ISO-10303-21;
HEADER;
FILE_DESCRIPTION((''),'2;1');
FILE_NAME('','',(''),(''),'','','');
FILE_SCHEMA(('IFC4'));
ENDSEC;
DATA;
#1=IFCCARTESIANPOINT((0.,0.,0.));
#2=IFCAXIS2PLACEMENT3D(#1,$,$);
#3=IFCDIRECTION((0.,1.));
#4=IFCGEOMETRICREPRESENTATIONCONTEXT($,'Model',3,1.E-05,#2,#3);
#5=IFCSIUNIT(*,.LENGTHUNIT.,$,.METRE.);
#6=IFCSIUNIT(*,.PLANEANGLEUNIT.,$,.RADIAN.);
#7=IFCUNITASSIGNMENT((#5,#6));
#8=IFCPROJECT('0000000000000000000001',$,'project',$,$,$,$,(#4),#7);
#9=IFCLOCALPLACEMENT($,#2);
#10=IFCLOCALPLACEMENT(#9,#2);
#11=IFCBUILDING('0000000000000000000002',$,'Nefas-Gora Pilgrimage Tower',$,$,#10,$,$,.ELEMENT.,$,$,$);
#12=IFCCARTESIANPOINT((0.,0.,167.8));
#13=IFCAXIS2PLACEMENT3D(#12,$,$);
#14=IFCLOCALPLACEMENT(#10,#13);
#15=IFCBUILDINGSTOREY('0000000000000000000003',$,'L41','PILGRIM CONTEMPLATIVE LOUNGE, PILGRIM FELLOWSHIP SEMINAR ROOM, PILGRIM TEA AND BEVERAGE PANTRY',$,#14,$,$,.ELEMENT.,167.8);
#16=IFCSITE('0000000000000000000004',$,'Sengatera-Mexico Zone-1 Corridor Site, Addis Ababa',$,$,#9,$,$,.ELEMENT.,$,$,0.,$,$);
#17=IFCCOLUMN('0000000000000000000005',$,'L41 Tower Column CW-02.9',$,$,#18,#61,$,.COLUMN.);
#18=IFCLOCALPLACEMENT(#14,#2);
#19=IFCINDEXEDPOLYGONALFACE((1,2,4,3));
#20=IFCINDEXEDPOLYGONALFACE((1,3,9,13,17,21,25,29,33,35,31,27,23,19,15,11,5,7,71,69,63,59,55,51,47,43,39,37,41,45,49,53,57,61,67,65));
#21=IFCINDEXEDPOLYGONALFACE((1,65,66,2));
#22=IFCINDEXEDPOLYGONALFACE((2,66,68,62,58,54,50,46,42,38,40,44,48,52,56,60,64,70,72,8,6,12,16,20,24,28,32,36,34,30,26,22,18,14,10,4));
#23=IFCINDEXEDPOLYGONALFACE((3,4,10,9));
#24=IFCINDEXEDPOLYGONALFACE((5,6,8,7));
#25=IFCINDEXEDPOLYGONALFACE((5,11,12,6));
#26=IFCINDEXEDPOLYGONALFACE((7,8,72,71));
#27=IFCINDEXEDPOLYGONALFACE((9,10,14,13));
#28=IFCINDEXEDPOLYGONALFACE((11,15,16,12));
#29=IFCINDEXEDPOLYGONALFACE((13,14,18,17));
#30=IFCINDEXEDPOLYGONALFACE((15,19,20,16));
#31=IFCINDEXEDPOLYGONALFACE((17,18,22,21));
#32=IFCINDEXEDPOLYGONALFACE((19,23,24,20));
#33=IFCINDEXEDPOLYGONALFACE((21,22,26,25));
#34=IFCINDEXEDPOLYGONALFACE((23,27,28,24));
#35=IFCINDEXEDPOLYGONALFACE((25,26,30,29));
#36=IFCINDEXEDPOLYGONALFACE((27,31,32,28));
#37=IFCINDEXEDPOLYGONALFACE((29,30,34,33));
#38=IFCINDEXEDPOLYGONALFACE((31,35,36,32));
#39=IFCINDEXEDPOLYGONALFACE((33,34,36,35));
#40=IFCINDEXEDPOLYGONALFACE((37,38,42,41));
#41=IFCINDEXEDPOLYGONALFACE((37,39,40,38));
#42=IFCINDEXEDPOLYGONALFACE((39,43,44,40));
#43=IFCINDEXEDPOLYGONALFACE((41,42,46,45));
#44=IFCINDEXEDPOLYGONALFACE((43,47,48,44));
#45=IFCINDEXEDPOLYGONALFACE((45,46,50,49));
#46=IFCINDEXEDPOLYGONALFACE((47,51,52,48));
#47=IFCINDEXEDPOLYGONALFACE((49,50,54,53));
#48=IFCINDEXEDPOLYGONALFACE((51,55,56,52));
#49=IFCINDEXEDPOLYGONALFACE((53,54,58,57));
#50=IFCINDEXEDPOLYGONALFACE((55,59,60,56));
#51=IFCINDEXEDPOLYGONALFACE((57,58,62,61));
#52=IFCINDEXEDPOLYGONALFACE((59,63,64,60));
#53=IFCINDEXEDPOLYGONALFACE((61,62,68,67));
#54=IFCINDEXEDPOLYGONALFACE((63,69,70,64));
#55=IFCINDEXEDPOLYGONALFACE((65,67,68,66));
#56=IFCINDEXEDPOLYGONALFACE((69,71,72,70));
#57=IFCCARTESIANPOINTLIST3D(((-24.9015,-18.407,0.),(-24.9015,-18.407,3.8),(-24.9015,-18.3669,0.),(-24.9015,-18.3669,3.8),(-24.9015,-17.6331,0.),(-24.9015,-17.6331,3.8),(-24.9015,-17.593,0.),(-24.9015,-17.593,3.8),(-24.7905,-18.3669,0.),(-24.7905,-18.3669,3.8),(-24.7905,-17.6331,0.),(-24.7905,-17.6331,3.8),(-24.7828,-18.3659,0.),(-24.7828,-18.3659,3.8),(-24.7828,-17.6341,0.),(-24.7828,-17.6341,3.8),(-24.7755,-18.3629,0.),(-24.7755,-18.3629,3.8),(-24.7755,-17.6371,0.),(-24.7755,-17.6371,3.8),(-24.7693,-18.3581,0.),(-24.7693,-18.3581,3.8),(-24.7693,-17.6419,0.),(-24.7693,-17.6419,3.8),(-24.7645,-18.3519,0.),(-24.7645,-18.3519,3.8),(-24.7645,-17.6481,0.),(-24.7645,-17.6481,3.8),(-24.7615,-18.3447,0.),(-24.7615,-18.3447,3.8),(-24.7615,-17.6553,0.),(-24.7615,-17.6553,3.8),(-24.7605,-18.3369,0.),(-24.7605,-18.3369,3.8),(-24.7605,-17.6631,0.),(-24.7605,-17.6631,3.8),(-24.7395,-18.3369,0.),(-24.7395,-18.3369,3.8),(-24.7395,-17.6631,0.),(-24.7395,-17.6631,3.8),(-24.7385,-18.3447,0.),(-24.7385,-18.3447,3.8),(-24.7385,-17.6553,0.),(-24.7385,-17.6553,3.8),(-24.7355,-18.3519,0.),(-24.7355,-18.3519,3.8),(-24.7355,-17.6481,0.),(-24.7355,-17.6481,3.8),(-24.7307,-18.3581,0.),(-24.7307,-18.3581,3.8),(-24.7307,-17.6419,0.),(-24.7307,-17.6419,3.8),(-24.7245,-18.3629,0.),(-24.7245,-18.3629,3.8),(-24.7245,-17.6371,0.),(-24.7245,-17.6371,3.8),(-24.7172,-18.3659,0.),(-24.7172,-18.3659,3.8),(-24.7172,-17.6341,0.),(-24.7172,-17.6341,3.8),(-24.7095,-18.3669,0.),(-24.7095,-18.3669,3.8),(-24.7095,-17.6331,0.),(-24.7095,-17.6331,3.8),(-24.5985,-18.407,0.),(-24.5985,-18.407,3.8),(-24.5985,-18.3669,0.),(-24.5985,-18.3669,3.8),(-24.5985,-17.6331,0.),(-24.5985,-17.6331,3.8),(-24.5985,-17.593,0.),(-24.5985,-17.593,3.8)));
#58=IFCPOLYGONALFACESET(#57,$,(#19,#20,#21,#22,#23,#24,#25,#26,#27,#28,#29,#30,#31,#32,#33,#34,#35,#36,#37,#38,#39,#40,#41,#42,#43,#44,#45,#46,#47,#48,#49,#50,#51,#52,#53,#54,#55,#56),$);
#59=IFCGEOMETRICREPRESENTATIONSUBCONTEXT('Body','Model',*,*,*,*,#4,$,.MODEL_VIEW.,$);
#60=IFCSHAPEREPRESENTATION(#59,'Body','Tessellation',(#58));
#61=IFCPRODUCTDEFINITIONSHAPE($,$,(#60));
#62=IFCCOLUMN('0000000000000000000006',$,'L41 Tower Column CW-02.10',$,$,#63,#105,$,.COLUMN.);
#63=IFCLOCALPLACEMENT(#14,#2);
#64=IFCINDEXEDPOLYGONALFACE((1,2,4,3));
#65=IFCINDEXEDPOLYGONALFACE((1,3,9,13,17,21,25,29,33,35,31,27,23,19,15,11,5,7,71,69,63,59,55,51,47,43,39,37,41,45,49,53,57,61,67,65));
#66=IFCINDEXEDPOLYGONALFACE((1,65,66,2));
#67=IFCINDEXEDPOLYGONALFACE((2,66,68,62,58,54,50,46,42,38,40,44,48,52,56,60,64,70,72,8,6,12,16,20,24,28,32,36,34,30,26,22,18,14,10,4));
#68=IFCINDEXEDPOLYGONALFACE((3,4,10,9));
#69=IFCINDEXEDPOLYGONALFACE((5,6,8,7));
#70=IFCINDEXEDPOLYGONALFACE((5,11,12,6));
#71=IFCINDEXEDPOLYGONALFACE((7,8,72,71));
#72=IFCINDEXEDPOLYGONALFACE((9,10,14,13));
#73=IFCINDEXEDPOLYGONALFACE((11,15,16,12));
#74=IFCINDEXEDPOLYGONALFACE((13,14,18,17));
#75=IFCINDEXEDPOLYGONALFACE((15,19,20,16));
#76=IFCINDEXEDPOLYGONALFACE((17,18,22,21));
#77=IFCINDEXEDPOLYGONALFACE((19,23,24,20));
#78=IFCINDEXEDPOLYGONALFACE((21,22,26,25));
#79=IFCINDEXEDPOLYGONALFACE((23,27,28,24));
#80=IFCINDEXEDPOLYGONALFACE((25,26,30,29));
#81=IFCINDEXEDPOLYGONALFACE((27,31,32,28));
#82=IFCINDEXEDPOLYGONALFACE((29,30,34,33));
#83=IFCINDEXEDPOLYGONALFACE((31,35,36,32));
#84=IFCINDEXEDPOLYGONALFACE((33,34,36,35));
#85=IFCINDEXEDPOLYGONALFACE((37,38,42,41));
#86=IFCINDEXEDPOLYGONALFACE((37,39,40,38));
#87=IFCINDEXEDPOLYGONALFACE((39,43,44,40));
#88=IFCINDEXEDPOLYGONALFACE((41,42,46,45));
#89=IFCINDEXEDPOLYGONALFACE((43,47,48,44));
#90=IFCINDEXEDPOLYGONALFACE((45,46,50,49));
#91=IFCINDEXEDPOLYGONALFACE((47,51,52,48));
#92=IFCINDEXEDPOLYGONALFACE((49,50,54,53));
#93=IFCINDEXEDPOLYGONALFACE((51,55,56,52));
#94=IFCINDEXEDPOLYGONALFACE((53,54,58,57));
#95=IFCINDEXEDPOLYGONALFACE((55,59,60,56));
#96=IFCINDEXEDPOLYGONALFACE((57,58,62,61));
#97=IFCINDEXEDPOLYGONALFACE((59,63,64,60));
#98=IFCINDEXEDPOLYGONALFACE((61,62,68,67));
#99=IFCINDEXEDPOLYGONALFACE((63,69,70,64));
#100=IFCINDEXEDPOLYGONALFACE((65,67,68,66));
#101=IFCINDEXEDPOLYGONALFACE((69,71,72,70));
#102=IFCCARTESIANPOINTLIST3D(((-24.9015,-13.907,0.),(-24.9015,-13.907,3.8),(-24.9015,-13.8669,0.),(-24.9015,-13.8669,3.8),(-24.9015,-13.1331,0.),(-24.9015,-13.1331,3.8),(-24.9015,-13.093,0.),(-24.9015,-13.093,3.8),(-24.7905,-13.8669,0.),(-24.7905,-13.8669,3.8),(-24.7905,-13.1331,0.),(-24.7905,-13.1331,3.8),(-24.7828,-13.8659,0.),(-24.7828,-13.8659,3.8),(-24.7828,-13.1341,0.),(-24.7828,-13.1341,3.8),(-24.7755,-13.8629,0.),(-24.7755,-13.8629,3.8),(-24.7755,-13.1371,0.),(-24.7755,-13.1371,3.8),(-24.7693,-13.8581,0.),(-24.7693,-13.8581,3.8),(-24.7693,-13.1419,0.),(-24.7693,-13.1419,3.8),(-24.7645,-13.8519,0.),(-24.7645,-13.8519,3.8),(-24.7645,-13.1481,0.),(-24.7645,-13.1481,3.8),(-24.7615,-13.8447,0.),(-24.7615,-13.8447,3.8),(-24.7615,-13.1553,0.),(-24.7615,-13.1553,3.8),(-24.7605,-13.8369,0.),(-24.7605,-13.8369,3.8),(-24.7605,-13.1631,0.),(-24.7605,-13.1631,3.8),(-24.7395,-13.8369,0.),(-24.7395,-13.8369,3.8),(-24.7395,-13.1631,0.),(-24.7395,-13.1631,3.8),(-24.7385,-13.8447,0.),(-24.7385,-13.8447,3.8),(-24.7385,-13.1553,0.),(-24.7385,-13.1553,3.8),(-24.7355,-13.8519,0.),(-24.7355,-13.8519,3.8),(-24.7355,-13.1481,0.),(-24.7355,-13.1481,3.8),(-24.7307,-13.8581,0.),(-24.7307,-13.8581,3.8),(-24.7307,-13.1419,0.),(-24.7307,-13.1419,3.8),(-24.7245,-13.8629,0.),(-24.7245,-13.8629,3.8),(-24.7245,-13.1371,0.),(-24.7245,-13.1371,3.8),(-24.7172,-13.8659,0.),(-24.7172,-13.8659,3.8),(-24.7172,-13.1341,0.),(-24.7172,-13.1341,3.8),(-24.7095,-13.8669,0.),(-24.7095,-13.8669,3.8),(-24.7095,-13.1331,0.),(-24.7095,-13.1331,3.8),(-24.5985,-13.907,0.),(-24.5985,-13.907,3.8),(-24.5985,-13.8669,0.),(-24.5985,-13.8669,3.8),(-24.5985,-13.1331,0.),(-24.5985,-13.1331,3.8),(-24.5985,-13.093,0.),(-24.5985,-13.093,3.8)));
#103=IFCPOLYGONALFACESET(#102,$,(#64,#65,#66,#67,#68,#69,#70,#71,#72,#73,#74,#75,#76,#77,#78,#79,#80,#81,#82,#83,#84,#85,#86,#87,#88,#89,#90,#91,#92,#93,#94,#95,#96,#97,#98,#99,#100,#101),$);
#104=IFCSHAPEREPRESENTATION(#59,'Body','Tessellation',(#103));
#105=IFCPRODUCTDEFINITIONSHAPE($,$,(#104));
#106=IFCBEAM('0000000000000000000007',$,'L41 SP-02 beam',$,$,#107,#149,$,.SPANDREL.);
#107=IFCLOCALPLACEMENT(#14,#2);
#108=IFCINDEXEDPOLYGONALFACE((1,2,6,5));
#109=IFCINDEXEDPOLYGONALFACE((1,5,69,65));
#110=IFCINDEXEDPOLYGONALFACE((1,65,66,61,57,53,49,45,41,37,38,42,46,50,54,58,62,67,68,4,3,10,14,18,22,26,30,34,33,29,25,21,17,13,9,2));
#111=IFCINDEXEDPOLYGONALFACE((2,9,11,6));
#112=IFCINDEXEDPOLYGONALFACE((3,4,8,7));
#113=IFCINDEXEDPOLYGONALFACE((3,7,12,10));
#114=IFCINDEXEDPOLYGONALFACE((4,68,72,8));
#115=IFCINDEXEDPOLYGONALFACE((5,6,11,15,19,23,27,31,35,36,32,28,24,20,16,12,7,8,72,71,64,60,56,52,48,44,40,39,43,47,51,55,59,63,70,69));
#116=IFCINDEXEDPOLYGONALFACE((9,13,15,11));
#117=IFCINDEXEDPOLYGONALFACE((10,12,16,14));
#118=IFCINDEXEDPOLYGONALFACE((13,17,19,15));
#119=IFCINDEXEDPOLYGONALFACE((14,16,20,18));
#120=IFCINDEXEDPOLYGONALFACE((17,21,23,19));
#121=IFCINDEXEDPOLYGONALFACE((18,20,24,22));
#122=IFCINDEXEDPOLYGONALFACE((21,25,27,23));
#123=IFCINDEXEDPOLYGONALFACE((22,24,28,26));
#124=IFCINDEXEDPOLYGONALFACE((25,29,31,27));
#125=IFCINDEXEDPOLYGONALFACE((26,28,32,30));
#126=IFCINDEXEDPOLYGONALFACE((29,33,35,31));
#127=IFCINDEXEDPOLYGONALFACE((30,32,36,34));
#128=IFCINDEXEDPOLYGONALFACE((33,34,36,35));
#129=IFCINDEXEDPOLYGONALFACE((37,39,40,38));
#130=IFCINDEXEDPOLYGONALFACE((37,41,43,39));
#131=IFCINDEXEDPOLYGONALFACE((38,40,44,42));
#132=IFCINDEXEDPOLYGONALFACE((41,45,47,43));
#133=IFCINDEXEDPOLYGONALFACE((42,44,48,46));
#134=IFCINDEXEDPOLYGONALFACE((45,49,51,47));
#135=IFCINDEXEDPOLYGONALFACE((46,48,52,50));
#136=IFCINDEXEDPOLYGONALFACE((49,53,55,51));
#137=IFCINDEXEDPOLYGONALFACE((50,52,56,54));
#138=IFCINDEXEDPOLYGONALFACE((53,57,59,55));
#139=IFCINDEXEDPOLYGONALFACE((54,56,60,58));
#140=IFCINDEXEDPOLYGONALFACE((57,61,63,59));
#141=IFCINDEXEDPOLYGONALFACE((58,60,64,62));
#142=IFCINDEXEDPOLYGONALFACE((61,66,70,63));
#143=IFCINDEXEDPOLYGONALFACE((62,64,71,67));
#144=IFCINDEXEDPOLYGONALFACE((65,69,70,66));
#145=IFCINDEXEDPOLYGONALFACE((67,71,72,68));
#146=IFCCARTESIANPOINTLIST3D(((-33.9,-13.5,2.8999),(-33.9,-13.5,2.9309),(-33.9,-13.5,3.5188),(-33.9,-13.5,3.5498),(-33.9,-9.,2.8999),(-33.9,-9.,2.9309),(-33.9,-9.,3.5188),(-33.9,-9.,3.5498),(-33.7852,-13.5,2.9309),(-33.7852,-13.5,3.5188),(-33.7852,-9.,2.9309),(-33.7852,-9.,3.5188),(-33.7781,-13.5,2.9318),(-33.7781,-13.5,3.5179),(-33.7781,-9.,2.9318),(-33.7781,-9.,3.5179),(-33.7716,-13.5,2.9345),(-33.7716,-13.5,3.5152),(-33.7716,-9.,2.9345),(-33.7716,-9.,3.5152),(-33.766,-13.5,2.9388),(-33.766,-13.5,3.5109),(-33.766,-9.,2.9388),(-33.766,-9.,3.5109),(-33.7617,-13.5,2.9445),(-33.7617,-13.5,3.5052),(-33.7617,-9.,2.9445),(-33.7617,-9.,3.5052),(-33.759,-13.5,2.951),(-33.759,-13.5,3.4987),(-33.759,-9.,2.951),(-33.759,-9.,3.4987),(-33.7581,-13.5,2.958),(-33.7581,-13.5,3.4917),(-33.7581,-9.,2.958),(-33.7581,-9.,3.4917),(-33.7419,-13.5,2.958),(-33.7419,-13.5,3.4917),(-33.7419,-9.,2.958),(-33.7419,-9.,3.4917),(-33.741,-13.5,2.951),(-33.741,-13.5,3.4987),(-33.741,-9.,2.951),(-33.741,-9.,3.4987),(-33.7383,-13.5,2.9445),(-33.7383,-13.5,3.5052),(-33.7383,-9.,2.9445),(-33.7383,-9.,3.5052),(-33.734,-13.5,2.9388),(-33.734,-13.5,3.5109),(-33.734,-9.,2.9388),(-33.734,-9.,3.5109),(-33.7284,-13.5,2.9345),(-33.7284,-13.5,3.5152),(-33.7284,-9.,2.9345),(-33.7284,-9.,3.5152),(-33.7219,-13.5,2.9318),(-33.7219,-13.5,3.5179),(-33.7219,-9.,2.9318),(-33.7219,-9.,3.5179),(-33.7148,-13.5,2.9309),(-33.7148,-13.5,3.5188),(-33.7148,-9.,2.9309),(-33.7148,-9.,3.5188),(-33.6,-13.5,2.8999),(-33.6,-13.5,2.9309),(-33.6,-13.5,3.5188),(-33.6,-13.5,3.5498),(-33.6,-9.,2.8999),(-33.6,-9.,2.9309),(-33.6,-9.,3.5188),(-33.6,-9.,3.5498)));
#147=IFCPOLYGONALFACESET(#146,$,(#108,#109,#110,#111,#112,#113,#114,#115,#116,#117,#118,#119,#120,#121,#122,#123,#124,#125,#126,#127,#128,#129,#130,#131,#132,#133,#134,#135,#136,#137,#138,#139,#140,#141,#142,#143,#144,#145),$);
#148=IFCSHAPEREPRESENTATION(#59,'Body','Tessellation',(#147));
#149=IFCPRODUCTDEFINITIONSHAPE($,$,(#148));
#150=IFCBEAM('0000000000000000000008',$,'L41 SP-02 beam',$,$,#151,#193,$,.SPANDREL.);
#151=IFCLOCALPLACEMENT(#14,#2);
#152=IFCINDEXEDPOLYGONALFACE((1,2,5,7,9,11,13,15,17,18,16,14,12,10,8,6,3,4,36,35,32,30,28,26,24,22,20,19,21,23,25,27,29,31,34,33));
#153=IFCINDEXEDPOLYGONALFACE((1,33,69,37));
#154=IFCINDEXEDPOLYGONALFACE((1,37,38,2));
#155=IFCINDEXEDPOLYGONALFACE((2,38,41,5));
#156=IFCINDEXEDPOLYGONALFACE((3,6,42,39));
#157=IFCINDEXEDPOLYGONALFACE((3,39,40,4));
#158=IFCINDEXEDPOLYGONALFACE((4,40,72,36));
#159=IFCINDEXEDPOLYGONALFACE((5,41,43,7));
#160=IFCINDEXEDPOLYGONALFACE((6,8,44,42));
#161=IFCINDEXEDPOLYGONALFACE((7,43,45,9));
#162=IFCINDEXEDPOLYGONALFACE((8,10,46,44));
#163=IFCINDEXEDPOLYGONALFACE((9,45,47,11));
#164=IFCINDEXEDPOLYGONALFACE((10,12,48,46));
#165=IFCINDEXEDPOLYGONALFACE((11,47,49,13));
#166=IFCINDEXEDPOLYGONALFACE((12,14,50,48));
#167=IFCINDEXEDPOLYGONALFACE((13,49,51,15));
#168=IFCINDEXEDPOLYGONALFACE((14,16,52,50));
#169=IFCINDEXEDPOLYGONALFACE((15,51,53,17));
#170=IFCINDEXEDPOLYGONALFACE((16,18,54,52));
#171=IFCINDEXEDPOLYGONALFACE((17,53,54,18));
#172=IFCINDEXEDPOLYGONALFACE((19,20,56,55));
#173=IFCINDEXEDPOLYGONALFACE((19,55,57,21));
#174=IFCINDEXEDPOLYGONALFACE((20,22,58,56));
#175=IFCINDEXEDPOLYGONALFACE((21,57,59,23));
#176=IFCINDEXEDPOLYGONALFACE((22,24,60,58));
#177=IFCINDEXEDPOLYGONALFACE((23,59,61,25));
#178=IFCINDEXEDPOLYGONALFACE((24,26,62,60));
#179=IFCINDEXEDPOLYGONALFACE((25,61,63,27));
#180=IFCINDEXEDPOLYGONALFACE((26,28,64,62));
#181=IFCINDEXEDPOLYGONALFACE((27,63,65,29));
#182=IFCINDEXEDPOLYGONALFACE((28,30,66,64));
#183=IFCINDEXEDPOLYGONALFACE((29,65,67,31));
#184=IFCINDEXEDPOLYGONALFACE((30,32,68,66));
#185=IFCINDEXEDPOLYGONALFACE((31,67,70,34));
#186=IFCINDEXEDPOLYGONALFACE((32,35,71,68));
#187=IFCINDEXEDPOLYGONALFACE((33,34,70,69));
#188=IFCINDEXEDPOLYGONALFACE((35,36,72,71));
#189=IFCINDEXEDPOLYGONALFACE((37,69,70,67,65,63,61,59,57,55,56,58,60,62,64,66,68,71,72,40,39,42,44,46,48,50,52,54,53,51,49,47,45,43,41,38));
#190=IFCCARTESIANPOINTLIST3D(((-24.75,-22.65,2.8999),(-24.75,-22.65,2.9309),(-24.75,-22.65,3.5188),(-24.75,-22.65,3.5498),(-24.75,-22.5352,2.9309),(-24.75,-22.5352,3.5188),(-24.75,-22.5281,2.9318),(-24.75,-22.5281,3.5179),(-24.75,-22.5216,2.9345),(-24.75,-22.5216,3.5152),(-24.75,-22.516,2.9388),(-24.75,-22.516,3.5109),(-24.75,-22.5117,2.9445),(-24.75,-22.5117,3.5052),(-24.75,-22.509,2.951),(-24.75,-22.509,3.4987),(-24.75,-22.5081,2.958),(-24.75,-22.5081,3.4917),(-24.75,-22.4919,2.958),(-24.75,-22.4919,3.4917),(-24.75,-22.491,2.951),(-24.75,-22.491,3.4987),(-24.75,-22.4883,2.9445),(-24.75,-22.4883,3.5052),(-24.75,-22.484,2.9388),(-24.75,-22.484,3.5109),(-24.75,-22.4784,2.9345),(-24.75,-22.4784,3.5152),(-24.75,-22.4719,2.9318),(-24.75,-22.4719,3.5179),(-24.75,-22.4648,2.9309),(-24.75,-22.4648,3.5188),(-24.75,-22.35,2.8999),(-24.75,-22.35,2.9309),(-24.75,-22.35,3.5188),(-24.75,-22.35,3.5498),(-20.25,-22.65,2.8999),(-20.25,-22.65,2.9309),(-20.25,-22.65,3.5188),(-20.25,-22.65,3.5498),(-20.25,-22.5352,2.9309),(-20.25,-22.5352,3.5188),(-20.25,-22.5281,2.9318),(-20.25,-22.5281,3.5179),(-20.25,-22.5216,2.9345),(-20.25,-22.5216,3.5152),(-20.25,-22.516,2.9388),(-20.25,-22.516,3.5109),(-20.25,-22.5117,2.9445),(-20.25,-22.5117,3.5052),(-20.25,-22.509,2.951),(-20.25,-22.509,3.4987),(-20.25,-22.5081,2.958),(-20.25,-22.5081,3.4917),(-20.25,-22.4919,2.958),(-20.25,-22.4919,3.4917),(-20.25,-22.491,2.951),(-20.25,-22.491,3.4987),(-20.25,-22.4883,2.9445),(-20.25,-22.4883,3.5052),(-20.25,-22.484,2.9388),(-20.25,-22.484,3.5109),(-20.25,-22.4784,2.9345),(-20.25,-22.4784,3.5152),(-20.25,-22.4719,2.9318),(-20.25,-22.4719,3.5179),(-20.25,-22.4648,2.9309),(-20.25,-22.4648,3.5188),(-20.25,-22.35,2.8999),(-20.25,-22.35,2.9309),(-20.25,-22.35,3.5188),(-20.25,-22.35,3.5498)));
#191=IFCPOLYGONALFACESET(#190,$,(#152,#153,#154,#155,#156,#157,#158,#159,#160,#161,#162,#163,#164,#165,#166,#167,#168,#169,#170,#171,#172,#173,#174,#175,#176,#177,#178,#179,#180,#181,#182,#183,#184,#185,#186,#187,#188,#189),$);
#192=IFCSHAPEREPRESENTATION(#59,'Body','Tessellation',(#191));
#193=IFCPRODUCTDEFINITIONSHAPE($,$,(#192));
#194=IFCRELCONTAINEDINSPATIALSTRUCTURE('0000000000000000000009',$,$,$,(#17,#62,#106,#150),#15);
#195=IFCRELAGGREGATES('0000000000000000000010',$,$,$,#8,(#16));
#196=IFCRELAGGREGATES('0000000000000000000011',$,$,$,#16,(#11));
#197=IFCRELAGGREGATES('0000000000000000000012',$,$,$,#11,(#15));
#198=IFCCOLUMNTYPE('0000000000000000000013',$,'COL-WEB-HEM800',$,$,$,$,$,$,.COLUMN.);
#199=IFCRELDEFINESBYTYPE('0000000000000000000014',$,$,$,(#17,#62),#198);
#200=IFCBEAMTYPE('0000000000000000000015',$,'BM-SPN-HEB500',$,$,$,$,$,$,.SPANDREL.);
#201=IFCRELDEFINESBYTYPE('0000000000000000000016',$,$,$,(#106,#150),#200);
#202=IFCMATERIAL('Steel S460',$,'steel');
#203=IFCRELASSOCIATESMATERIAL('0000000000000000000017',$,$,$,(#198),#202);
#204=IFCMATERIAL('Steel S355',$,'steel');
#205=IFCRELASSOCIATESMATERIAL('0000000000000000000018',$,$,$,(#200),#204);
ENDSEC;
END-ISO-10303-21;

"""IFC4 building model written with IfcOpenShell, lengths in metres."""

from ifc_helpers import new_model, si_unit, direction, frame, origin, origin_2d, place, context, subcontext, project, spatial, i_section, extrude, source, transform, mapped, material, material_profile, profile_set, type_object, element, save


model = new_model("IFC4")

# Units and contexts
model_context = context("Model", 3, precision=1e-05, world=origin(), true_north=direction((0.0, 1.0)))
body_context = subcontext(model_context, "Body", "Model", "MODEL_VIEW")
ifc_project = project(units=[si_unit("LENGTHUNIT", "METRE"), si_unit("PLANEANGLEUNIT", "RADIAN")], contexts=[model_context])

# Site, building, storey
site_placement = place(None, origin())
site = spatial("IfcSite", under=ifc_project, at=site_placement, Name="Sengatera-Mexico Zone-1 Corridor Site, Addis Ababa", CompositionType="ELEMENT", RefElevation=0.0)
building_placement = place(site_placement, origin())
building = spatial("IfcBuilding", under=site, at=building_placement, Name="Nefas-Gora Pilgrimage Tower", CompositionType="ELEMENT")
storey_placement = place(building_placement, frame((0.0, 0.0, 167.8)))
storey = spatial("IfcBuildingStorey", under=building, at=storey_placement, Name="L41", Description="PILGRIM CONTEMPLATIVE LOUNGE, PILGRIM FELLOWSHIP SEMINAR ROOM, PILGRIM TEA AND BEVERAGE PANTRY", CompositionType="ELEMENT", Elevation=167.8)

# Columns
ifc_material_1 = material(Name="Steel S460", Category="steel")
ifc_material_profile_1 = material_profile(ifc_material_1, i_section(OverallWidth=0.303, OverallDepth=0.814, WebThickness=0.021, FlangeThickness=0.04, FilletRadius=0.03, at=origin_2d()), Name="HEM 800")
ifc_profile_set_1 = profile_set([ifc_material_profile_1], Name="Steel S460")
column_type_1 = type_object("IfcColumnType", Name="COL-WEB-HEM800", PredefinedType="COLUMN", material=ifc_profile_set_1)
shared_shape_1 = source(origin(), body_context, "Body", "SweptSolid", [
    extrude(i_section(OverallWidth=0.303, OverallDepth=0.814, WebThickness=0.021, FlangeThickness=0.04, FilletRadius=0.03, at=origin_2d()), origin(), (0.0, 0.0, 1.0), 3.8),
])
for number, where, z_axis, x_axis, name in (
    (1, (-24.75, -18.0, 0.0), (0.0, 0.0, 1.0), (1.0, 0.0, 0.0), "L41 Tower Column CW-02.9"),
    (2, (-24.75, -13.5, 0.0), (0.0, 0.0, 1.0), (1.0, 0.0, 0.0), "L41 Tower Column CW-02.10"),
):
    element("IfcColumn", number, at=place(storey_placement, frame(where, z_axis=z_axis, x_axis=x_axis)), inside=storey, type_object=column_type_1, Name=name, PredefinedType="COLUMN", context=body_context, shape_type="MappedRepresentation", body=[
        mapped(shared_shape_1, transform((0.0, 0.0, 0.0), x_axis=(1.0, 0.0, 0.0), y_axis=(0.0, 1.0, 0.0), z_axis=(0.0, 0.0, 1.0), scale=1.0)),
    ])

# Beams
ifc_material_2 = material(Name="Steel S355", Category="steel")
ifc_material_profile_2 = material_profile(ifc_material_2, i_section(OverallWidth=0.3, OverallDepth=0.6499, WebThickness=0.0161, FlangeThickness=0.031, FilletRadius=0.0271, at=origin_2d()), Name="HEB 650")
ifc_profile_set_2 = profile_set([ifc_material_profile_2], Name="Steel S355")
beam_type_1 = type_object("IfcBeamType", Name="BM-SPN-HEB500", PredefinedType="SPANDREL", material=ifc_profile_set_2)
shared_shape_2 = source(origin(), body_context, "Body", "SweptSolid", [
    extrude(i_section(OverallWidth=0.3, OverallDepth=0.6499, WebThickness=0.0161, FlangeThickness=0.031, FilletRadius=0.0271, at=origin_2d()), origin(), (0.0, 0.0, 1.0), 4.5),
])
for number, where, z_axis, x_axis, name in (
    (3, (-33.75, -13.5, 3.2249), (0.0, 1.0, 0.0), (-1.0, 0.0, 0.0), "L41 SP-02 beam"),
    (4, (-24.75, -22.5, 3.2249), (1.0, 0.0, 0.0), (0.0, 1.0, 0.0), "L41 SP-02 beam"),
):
    element("IfcBeam", number, at=place(storey_placement, frame(where, z_axis=z_axis, x_axis=x_axis)), inside=storey, type_object=beam_type_1, Name=name, PredefinedType="SPANDREL", context=body_context, shape_type="MappedRepresentation", body=[
        mapped(shared_shape_2, transform((0.0, 0.0, 0.0), x_axis=(1.0, 0.0, 0.0), y_axis=(0.0, 1.0, 0.0), z_axis=(0.0, 0.0, 1.0), scale=1.0)),
    ])

save(model, "model.ifc")
